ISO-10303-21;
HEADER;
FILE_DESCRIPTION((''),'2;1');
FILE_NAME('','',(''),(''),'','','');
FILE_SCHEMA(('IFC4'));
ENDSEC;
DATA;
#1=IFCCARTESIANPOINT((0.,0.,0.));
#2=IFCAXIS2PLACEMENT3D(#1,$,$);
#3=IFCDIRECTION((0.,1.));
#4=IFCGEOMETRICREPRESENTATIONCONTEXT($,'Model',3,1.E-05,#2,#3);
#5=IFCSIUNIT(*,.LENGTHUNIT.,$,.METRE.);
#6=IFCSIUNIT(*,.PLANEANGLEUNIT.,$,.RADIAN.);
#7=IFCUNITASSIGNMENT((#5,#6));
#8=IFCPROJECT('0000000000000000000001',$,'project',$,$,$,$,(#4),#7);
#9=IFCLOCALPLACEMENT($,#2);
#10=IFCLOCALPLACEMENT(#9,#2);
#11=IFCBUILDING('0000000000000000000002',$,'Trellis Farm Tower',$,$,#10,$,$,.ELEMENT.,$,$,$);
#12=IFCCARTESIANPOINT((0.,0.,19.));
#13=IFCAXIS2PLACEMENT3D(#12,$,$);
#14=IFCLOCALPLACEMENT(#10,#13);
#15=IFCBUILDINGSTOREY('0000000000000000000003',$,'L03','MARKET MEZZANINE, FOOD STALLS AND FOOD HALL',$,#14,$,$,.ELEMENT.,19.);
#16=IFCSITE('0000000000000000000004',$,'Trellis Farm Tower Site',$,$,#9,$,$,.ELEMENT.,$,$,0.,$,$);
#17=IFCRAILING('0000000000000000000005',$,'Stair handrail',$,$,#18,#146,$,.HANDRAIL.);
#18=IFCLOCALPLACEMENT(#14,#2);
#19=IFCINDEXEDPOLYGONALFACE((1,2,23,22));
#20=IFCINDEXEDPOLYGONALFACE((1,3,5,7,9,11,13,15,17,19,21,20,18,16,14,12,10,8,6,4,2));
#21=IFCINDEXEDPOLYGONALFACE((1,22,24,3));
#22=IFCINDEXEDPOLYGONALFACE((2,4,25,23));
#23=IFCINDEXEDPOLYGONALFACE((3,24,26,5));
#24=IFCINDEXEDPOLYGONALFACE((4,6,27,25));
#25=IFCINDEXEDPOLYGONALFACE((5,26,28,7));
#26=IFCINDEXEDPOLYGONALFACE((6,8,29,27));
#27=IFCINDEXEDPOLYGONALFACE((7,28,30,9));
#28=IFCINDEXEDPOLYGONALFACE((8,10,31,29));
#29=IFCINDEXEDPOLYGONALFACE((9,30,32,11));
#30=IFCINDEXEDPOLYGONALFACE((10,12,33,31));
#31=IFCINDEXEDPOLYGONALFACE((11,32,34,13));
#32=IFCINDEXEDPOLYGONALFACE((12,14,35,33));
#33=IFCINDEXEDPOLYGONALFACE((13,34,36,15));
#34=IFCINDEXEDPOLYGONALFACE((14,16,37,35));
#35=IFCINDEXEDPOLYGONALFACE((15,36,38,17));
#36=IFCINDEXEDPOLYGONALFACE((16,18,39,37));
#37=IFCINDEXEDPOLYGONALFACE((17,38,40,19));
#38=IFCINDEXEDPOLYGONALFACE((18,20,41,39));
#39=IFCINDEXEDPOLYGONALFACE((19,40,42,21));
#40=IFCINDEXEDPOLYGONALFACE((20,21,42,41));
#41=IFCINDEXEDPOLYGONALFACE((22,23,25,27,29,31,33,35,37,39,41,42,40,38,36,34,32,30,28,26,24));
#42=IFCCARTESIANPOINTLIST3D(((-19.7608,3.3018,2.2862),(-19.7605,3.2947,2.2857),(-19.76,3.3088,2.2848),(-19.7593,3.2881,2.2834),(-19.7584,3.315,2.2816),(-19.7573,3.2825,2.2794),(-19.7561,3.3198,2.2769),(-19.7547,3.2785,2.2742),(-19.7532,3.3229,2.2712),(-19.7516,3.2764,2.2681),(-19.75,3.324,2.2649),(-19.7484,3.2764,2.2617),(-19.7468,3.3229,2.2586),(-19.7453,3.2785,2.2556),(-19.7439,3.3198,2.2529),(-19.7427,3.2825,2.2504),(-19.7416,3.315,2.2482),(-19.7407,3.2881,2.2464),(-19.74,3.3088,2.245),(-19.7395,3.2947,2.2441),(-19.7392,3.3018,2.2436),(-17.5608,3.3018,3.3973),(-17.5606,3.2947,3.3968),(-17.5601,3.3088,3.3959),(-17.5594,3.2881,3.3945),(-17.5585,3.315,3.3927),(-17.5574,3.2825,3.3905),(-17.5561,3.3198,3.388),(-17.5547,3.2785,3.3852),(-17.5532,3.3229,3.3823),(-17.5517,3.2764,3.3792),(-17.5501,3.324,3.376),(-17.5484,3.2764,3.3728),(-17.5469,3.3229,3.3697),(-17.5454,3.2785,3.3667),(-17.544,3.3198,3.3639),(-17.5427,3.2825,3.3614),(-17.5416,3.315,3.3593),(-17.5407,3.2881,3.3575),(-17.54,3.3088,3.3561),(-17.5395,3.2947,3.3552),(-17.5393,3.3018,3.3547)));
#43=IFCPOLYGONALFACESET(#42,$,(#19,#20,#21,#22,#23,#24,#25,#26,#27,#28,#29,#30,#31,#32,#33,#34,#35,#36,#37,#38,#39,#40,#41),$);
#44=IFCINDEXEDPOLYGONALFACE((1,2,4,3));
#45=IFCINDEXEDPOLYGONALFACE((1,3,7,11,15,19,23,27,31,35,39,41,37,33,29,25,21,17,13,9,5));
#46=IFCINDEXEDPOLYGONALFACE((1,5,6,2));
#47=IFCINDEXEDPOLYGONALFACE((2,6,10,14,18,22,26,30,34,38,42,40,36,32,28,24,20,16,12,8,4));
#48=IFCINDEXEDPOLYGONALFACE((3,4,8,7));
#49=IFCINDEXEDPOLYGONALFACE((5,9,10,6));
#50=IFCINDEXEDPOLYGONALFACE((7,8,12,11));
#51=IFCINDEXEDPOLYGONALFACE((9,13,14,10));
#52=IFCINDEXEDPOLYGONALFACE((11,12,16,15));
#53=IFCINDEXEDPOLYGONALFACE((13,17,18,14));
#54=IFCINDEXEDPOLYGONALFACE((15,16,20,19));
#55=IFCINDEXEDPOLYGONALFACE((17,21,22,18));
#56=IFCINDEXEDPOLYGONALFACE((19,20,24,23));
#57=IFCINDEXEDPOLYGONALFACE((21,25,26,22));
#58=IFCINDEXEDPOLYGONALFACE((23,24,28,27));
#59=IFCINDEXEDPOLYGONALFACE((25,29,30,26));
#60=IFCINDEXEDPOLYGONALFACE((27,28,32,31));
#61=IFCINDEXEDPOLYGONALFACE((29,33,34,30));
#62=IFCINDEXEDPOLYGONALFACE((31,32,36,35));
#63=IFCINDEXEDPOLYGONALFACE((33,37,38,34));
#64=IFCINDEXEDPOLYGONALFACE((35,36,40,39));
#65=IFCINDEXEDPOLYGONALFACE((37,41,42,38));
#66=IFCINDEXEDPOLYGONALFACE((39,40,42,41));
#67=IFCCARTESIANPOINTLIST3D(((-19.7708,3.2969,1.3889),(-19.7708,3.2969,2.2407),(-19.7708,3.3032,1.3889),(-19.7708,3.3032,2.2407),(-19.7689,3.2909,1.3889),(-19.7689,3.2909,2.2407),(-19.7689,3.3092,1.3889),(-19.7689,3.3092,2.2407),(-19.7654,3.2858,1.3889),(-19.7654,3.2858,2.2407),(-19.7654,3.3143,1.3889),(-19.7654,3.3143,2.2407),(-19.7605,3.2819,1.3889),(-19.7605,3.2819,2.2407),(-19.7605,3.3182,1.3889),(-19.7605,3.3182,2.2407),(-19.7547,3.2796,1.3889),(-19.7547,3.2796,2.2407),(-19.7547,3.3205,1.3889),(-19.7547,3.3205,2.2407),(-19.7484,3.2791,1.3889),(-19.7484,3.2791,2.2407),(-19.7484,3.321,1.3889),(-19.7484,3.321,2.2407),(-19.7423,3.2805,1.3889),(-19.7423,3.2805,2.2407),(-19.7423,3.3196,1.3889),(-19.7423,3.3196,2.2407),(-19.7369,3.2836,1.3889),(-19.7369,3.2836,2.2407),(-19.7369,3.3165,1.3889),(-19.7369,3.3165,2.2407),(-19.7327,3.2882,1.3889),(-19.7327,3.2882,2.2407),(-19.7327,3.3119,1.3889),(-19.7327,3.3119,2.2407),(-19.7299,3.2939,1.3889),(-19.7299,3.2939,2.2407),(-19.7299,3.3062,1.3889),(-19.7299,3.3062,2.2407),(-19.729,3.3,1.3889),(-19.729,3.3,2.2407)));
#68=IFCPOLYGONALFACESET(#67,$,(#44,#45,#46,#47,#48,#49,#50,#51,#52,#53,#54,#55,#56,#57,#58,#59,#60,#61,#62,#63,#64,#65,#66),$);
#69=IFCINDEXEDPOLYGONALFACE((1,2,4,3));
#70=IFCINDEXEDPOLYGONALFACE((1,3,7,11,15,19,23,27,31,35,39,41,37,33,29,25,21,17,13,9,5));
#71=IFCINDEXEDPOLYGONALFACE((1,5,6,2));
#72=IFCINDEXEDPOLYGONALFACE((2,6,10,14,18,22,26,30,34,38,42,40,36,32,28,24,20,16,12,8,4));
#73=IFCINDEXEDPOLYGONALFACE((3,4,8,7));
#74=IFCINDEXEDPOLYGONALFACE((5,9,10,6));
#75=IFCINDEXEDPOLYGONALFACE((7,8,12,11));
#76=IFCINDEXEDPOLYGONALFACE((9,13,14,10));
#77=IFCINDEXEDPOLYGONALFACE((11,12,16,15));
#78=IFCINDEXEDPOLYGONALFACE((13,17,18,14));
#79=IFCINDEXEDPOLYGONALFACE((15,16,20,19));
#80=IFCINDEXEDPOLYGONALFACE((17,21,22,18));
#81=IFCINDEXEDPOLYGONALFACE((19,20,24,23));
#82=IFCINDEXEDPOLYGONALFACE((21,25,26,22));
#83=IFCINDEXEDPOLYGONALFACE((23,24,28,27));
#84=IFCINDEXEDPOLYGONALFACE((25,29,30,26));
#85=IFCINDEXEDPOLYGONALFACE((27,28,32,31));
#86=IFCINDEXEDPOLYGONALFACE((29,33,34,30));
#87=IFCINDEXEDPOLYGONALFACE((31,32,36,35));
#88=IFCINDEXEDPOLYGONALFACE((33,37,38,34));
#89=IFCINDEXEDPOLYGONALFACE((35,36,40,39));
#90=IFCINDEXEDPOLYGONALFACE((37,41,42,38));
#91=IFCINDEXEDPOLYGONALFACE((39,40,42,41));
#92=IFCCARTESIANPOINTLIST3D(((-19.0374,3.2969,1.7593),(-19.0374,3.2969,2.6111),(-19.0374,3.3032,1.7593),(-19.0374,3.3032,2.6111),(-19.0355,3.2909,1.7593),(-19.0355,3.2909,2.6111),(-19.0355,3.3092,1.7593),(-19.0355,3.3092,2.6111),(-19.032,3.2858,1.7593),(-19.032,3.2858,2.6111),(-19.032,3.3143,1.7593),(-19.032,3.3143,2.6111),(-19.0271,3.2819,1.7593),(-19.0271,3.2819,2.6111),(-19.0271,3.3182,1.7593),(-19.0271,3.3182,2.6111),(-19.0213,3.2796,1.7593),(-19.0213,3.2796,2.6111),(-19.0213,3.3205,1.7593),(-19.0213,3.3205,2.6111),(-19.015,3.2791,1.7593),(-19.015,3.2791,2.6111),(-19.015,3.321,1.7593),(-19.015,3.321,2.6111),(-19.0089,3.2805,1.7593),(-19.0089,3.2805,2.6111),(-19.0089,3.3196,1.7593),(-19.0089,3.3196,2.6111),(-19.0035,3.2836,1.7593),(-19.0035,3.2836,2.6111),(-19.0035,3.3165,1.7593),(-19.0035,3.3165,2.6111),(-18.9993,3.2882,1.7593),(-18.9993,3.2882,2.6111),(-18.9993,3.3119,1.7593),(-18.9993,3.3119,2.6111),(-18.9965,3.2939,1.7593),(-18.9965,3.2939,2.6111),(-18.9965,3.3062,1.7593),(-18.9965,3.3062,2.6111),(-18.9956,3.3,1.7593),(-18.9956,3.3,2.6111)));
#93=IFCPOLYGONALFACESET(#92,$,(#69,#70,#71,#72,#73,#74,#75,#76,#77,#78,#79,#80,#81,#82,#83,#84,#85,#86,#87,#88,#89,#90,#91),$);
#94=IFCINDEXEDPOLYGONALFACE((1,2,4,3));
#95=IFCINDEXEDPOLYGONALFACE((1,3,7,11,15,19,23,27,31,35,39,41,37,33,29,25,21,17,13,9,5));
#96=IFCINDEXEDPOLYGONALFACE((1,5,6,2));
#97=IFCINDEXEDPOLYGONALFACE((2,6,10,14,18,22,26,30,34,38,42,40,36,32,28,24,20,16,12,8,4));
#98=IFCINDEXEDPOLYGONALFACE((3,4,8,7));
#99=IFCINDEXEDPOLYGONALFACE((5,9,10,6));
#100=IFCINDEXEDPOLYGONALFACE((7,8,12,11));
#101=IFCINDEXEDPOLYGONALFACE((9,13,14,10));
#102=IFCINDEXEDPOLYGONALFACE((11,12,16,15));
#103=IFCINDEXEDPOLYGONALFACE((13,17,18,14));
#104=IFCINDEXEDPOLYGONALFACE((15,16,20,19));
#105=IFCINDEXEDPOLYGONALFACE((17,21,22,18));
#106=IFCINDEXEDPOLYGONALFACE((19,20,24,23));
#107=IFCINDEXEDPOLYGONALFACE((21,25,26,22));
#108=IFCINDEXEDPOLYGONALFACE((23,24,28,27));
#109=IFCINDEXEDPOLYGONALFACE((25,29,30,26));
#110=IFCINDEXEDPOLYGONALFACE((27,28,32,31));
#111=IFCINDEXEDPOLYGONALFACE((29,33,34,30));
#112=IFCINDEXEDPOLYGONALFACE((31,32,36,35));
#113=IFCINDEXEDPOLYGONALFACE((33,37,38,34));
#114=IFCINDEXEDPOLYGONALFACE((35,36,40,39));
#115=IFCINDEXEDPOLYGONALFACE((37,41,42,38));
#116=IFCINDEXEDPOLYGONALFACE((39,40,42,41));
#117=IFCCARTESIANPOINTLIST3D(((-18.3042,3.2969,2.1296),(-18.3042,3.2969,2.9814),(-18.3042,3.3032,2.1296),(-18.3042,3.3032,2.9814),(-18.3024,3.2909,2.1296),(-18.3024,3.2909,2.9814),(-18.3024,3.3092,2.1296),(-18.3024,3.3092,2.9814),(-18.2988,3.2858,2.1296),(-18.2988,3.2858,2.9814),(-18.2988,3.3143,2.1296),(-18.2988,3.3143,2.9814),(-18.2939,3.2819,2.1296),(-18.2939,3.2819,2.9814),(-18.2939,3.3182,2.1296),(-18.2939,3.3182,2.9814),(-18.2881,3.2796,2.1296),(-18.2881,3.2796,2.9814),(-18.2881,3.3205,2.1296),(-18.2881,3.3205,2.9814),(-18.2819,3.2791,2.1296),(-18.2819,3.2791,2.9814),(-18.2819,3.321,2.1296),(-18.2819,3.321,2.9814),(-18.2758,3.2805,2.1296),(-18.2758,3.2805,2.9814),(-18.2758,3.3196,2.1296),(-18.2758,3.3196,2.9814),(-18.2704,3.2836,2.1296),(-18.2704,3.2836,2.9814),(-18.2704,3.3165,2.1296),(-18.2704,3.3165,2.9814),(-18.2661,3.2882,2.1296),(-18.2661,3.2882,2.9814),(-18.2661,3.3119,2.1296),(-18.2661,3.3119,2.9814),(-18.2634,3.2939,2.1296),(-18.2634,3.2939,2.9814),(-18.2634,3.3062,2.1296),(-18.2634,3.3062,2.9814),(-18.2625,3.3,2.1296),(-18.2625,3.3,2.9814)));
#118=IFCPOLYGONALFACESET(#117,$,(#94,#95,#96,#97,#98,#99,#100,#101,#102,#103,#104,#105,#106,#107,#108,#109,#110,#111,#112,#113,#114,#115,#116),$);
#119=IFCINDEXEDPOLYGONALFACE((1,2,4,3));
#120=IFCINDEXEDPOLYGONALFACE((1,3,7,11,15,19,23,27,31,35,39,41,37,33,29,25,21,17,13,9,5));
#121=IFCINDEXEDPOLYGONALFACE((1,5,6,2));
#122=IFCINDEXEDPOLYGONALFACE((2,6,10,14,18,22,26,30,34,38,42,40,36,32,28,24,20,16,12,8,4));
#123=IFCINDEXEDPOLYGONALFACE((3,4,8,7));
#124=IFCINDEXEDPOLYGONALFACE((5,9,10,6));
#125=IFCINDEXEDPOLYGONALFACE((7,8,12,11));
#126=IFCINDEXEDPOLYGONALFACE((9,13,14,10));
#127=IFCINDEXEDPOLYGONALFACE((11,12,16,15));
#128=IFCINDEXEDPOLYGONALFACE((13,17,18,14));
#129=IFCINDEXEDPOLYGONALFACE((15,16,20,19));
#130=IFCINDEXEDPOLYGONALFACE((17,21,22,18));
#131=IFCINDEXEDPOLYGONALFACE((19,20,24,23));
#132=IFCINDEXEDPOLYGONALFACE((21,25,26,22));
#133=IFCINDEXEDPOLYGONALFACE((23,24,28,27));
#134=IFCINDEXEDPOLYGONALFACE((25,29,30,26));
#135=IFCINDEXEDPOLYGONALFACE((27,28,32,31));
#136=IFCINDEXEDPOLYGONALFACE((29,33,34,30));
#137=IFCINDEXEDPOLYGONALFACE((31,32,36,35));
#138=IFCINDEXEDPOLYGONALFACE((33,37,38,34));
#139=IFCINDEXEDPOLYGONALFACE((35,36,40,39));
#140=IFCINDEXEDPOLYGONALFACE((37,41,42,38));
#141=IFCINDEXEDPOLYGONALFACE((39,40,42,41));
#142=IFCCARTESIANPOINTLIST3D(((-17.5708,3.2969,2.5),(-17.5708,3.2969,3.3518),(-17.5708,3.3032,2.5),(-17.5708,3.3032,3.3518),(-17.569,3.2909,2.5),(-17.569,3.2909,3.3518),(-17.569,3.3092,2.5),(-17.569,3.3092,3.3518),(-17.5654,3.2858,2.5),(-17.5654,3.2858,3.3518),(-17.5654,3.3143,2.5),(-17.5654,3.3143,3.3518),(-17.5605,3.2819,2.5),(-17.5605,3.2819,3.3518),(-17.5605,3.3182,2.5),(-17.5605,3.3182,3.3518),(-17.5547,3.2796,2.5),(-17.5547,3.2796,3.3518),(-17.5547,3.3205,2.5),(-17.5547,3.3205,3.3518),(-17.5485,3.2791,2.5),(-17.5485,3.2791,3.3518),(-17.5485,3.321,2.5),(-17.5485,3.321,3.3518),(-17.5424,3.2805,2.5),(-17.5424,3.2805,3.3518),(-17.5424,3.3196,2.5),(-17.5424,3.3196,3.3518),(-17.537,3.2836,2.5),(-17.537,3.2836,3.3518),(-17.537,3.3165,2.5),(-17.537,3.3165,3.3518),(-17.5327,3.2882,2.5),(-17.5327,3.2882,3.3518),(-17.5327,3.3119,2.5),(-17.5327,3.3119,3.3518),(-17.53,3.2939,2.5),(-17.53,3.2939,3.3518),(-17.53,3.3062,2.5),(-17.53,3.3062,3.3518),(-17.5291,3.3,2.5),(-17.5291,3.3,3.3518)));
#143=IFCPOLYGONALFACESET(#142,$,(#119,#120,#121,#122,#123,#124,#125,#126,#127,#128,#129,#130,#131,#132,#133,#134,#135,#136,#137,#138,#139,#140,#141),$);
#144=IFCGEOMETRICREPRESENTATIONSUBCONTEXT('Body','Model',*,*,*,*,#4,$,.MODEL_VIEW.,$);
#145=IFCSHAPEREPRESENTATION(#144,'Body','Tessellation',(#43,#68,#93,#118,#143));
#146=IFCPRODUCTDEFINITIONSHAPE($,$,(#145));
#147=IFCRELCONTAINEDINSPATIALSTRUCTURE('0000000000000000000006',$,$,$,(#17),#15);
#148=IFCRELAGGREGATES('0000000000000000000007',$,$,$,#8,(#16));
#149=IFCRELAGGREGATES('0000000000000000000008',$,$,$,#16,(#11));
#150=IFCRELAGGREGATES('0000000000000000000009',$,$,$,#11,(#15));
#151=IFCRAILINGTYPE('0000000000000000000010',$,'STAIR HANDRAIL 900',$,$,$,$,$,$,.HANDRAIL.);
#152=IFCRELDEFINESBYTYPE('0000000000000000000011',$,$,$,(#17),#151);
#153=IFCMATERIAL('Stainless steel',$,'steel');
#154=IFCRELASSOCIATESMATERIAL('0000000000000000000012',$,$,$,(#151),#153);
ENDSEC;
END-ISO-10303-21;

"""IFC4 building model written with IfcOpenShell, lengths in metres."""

from ifc_helpers import new_model, si_unit, direction, frame, origin, origin_2d, place, context, subcontext, project, spatial, circle, extrude, source, transform, mapped, material, type_object, element, save


model = new_model("IFC4")

# Units and contexts
model_context = context("Model", 3, precision=1e-05, world=origin(), true_north=direction((0.0, 1.0)))
body_context = subcontext(model_context, "Body", "Model", "MODEL_VIEW")
ifc_project = project(units=[si_unit("LENGTHUNIT", "METRE"), si_unit("PLANEANGLEUNIT", "RADIAN")], contexts=[model_context])

# Site, building, storey
site_placement = place(None, origin())
site = spatial("IfcSite", under=ifc_project, at=site_placement, Name="Trellis Farm Tower Site", CompositionType="ELEMENT", RefElevation=0.0)
building_placement = place(site_placement, origin())
building = spatial("IfcBuilding", under=site, at=building_placement, Name="Trellis Farm Tower", CompositionType="ELEMENT")
storey_placement = place(building_placement, frame((0.0, 0.0, 19.0)))
storey = spatial("IfcBuildingStorey", under=building, at=storey_placement, Name="L03", Description="MARKET MEZZANINE, FOOD STALLS AND FOOD HALL", CompositionType="ELEMENT", Elevation=19.0)

# Railing
ifc_material_1 = material(Name="Stainless steel", Category="steel")
railing_type = type_object("IfcRailingType", Name="STAIR HANDRAIL 900", PredefinedType="HANDRAIL", material=ifc_material_1)
shared_shape_1 = source(origin(), body_context, "Body", "SweptSolid", [
    extrude(circle(Radius=0.0239, at=origin_2d()), frame((0.0, 0.0, 0.876), z_axis=(0.892617, 0.0, 0.450816), x_axis=(0.0, 1.0, 0.0)), (0.0, 0.0, 1.0), 2.4646),
    extrude(circle(Radius=0.021, at=origin_2d()), origin(), (0.0, 0.0, 1.0), 0.8518),
    extrude(circle(Radius=0.021, at=origin_2d()), frame((0.7334, 0.0, 0.3704)), (0.0, 0.0, 1.0), 0.8518),
    extrude(circle(Radius=0.021, at=origin_2d()), frame((1.4666, 0.0, 0.7407)), (0.0, 0.0, 1.0), 0.8518),
    extrude(circle(Radius=0.021, at=origin_2d()), frame((2.2, 0.0, 1.1111)), (0.0, 0.0, 1.0), 0.8518),
])
for number, where, name in (
    (1, (-19.75, 3.3, 1.3889), "Stair handrail"),
):
    element("IfcRailing", number, at=place(storey_placement, frame(where)), inside=storey, type_object=railing_type, Name=name, PredefinedType="HANDRAIL", context=body_context, shape_type="MappedRepresentation", body=[
        mapped(shared_shape_1, transform((0.0, 0.0, 0.0))),
    ])

save(model, "model.ifc")
